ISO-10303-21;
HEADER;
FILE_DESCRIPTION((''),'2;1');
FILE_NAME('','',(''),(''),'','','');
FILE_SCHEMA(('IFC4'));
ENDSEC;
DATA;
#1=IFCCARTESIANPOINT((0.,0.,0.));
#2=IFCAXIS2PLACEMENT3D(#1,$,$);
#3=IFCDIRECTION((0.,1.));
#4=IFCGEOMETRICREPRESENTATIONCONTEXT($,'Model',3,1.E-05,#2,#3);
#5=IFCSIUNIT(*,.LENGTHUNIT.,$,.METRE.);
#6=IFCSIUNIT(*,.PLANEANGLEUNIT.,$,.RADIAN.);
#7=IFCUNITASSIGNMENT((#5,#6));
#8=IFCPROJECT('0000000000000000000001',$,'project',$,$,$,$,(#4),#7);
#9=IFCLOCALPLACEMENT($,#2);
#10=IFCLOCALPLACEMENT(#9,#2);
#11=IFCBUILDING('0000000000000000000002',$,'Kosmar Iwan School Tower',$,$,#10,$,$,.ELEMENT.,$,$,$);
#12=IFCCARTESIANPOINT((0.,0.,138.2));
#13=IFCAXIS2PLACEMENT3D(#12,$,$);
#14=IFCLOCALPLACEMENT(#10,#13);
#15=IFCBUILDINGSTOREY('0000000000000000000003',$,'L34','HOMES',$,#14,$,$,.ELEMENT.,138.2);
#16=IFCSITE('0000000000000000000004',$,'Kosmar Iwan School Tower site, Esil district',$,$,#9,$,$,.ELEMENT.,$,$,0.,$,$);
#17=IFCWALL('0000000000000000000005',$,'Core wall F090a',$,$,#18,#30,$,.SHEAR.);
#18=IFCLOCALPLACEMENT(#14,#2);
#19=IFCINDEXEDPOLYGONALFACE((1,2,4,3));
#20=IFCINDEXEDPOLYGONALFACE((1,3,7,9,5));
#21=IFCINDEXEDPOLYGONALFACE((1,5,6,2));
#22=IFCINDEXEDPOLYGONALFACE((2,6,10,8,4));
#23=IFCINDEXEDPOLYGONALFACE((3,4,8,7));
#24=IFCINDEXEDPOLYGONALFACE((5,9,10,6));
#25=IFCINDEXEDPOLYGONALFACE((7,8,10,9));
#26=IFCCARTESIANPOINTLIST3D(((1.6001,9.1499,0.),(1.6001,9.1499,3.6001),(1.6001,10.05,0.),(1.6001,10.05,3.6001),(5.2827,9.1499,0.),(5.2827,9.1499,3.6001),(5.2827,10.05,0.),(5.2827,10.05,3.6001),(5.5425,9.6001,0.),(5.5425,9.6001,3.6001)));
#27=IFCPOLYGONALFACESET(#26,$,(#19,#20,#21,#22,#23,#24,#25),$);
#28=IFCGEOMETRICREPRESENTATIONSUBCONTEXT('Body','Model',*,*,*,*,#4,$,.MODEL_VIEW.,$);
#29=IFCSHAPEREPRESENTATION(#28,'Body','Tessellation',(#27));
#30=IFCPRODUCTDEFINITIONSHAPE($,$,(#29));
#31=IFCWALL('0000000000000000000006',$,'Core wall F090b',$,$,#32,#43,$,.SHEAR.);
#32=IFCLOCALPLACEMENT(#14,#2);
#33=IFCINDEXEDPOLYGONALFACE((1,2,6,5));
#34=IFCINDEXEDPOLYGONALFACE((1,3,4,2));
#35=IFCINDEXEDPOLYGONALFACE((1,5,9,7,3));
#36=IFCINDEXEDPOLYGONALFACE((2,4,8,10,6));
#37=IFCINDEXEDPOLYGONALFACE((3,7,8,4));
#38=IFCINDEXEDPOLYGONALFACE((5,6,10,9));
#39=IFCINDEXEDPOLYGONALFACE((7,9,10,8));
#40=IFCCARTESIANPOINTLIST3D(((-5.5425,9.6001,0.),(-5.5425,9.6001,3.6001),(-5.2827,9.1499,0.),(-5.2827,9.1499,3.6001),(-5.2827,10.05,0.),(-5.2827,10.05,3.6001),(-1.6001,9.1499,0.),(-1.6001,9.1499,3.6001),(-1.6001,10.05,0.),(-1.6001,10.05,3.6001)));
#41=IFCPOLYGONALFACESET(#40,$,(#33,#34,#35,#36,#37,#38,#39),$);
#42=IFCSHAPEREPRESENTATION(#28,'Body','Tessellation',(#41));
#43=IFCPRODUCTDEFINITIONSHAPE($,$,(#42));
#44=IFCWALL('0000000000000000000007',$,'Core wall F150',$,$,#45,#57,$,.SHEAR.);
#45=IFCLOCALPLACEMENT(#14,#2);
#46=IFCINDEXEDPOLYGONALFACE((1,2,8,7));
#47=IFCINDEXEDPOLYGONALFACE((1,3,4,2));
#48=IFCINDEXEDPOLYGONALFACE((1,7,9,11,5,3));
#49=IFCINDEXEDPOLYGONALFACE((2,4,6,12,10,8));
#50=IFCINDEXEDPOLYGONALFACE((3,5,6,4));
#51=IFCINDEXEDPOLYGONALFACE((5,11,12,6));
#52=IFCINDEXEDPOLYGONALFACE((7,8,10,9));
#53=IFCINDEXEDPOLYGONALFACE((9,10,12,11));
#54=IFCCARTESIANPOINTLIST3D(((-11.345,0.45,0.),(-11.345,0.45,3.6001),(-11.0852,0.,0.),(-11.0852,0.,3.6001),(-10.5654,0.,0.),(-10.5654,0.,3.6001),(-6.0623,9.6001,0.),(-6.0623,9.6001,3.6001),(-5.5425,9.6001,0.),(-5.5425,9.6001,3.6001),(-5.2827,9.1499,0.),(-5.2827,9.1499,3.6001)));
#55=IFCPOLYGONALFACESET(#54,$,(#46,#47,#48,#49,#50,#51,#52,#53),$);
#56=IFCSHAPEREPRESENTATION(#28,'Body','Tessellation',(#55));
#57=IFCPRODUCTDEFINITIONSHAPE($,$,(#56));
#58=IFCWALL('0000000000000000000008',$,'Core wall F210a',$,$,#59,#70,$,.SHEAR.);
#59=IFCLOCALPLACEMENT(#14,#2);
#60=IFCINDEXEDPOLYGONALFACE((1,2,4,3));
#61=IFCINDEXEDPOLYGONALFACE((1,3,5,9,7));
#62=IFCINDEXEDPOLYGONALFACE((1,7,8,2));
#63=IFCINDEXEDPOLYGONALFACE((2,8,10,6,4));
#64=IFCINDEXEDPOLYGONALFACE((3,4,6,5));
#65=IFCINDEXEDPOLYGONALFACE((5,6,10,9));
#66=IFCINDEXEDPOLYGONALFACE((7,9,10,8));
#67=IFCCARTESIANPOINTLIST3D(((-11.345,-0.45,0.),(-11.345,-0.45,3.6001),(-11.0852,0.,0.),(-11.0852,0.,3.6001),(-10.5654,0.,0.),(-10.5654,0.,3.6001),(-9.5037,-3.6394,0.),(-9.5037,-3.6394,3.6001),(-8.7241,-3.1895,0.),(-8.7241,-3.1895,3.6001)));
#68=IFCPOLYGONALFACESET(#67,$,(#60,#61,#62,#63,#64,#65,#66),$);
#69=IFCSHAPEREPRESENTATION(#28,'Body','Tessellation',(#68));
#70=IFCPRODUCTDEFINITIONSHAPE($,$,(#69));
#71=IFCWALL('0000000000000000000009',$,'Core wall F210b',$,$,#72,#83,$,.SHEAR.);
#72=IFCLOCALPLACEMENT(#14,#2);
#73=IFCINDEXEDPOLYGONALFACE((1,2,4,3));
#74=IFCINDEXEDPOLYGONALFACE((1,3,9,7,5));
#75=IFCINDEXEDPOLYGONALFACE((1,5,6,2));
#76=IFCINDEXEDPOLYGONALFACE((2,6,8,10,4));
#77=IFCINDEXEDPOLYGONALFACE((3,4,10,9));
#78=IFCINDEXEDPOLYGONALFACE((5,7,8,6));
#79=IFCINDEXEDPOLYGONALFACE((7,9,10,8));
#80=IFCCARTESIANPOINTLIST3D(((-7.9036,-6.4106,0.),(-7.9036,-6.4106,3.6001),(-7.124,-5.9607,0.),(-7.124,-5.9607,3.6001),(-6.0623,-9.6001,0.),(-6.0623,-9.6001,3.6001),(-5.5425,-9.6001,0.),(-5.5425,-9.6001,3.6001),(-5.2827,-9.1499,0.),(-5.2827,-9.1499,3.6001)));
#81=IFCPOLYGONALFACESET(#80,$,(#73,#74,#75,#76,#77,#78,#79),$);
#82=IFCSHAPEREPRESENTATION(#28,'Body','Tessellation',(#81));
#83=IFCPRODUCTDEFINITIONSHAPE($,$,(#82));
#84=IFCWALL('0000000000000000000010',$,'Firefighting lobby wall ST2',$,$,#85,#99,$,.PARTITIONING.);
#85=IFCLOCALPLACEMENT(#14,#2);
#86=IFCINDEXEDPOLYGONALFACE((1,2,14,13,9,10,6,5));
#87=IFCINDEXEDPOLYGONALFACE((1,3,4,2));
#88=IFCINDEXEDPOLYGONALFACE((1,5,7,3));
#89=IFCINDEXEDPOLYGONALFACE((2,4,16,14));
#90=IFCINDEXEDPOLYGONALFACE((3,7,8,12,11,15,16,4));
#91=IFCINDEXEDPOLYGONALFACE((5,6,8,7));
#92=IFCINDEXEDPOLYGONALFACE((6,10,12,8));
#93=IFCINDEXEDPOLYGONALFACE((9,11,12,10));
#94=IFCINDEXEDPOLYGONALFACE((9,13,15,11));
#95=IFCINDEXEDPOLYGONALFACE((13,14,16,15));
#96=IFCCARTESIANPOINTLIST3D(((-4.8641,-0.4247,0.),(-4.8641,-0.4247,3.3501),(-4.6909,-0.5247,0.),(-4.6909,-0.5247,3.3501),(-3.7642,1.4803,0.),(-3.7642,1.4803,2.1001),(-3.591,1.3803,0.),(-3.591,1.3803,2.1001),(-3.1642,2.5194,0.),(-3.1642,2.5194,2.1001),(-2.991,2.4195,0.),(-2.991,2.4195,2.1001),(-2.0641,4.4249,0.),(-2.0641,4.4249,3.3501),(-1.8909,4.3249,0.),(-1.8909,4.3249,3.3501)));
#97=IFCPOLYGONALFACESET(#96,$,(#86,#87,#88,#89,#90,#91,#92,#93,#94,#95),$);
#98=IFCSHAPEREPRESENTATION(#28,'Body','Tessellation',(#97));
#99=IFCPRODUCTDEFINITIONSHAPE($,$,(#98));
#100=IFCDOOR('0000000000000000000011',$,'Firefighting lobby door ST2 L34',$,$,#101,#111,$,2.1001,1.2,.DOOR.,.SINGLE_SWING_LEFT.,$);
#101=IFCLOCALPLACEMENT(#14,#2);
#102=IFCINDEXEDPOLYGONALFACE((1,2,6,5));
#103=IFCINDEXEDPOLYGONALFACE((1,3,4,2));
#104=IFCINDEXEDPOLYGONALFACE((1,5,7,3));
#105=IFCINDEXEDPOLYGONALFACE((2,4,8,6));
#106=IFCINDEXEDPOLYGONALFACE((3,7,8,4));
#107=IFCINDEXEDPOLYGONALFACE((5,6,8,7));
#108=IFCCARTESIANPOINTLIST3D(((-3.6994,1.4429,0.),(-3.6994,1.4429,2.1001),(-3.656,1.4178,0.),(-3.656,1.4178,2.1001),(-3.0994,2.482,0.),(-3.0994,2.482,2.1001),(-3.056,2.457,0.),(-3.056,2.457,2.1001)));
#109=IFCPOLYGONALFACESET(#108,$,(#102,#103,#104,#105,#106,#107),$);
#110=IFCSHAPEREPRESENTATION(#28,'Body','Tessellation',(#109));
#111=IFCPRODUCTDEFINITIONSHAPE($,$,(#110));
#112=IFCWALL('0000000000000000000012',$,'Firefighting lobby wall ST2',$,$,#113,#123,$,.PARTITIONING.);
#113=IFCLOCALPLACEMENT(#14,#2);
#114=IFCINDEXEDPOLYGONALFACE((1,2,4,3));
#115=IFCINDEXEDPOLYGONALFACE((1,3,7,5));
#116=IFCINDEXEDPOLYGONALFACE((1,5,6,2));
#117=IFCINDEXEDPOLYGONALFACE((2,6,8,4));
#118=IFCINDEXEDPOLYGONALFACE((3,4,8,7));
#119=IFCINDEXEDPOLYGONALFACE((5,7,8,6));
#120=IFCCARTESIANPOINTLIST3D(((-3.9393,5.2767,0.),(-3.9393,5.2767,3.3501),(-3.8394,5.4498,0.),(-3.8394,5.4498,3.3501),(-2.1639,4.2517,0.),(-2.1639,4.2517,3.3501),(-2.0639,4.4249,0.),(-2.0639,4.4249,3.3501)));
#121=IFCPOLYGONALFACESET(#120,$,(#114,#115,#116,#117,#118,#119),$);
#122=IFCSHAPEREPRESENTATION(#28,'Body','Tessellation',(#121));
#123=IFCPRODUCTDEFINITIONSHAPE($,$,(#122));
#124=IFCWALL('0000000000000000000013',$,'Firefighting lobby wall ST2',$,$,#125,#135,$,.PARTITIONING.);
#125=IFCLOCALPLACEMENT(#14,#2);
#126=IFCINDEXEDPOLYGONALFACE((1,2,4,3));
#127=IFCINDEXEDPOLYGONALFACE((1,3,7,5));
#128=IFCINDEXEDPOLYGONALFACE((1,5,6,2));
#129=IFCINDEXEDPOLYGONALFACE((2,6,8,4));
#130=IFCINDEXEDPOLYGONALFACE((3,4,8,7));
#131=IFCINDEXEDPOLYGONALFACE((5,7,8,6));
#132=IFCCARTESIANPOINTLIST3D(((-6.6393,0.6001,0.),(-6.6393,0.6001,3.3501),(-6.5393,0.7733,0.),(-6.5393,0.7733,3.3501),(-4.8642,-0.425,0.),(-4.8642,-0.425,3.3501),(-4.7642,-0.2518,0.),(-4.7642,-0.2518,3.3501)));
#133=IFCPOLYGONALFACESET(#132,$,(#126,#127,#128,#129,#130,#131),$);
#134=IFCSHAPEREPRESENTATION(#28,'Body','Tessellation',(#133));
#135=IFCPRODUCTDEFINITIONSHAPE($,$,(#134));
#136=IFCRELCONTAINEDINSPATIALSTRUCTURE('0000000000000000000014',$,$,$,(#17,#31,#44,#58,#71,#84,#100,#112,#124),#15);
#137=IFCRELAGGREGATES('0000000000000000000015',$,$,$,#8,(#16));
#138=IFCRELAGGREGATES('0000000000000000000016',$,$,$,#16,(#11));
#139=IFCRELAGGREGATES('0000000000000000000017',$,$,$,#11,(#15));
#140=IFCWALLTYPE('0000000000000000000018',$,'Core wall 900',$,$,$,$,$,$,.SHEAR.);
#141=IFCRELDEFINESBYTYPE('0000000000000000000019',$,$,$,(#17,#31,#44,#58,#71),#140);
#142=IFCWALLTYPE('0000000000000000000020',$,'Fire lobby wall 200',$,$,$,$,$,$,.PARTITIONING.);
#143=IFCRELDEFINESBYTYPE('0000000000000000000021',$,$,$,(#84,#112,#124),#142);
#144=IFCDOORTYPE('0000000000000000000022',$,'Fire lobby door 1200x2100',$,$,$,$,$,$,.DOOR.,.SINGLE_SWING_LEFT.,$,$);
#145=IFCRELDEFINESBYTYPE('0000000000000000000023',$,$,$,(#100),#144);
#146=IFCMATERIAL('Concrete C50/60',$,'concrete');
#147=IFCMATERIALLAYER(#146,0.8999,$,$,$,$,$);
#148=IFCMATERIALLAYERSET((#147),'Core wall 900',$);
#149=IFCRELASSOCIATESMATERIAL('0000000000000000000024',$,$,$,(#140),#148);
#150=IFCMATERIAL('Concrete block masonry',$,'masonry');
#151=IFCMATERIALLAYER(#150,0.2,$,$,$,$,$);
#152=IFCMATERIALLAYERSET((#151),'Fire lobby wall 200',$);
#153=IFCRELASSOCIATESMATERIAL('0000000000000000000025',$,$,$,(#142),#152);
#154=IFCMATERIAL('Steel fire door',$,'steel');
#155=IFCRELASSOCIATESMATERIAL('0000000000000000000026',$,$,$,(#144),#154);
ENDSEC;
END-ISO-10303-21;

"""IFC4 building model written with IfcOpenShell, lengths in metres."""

from ifc_helpers import new_model, si_unit, direction, frame, frame_2d, origin, place, context, subcontext, project, spatial, polyline, rectangle, outline, extrude, material, layer, layer_set, type_object, element, fill, save


model = new_model("IFC4")

# Units and contexts
model_context = context("Model", 3, precision=1e-05, world=origin(), true_north=direction((0.0, 1.0)))
body_context = subcontext(model_context, "Body", "Model", "MODEL_VIEW")
ifc_project = project(units=[si_unit("LENGTHUNIT", "METRE"), si_unit("PLANEANGLEUNIT", "RADIAN")], contexts=[model_context])

# Site, building, storey
site_placement = place(None, origin())
site = spatial("IfcSite", under=ifc_project, at=site_placement, Name="Kosmar Iwan School Tower site, Esil district", CompositionType="ELEMENT", RefElevation=0.0)
building_placement = place(site_placement, origin())
building = spatial("IfcBuilding", under=site, at=building_placement, Name="Kosmar Iwan School Tower", CompositionType="ELEMENT")
storey_placement = place(building_placement, frame((0.0, 0.0, 138.2)))
storey = spatial("IfcBuildingStorey", under=building, at=storey_placement, Name="L34", Description="HOMES", CompositionType="ELEMENT", Elevation=138.2)

# Walls
ifc_material_1 = material(Name="Concrete C50/60", Category="concrete")
ifc_layer_1 = layer(ifc_material_1, 0.8999)
ifc_layer_set_1 = layer_set([ifc_layer_1], Name="Core wall 900")
wall_type_1 = type_object("IfcWallType", Name="Core wall 900", PredefinedType="SHEAR", material=ifc_layer_set_1)
wall_1_placement = place(storey_placement, origin())
element("IfcWall", 1, at=wall_1_placement, inside=storey, type_object=wall_type_1, Name="Core wall F090a", PredefinedType="SHEAR", context=body_context, shape_type="SweptSolid", body=[
    extrude(outline(polyline([(1.6001, 9.1499), (5.2827, 9.1499), (5.5425, 9.6001), (5.2827, 10.05), (1.6001, 10.05), (1.6001, 9.1499)])), origin(), (0.0, 0.0, 1.0), 3.6001),
])
wall_2_placement = place(storey_placement, origin())
element("IfcWall", 2, at=wall_2_placement, inside=storey, type_object=wall_type_1, Name="Core wall F090b", PredefinedType="SHEAR", context=body_context, shape_type="SweptSolid", body=[
    extrude(outline(polyline([(-5.2827, 9.1499), (-1.6001, 9.1499), (-1.6001, 10.05), (-5.2827, 10.05), (-5.5425, 9.6001), (-5.2827, 9.1499)])), origin(), (0.0, 0.0, 1.0), 3.6001),
])
wall_3_placement = place(storey_placement, origin())
element("IfcWall", 3, at=wall_3_placement, inside=storey, type_object=wall_type_1, Name="Core wall F150", PredefinedType="SHEAR", context=body_context, shape_type="SweptSolid", body=[
    extrude(outline(polyline([(-11.0852, 0.0), (-10.5654, 0.0), (-5.2827, 9.1499), (-5.5425, 9.6001), (-6.0623, 9.6001), (-11.345, 0.45), (-11.0852, 0.0)])), origin(), (0.0, 0.0, 1.0), 3.6001),
])
wall_4_placement = place(storey_placement, origin())
element("IfcWall", 4, at=wall_4_placement, inside=storey, type_object=wall_type_1, Name="Core wall F210a", PredefinedType="SHEAR", context=body_context, shape_type="SweptSolid", body=[
    extrude(outline(polyline([(-9.5037, -3.6394), (-8.7241, -3.1895), (-10.5654, 0.0), (-11.0852, 0.0), (-11.345, -0.45), (-9.5037, -3.6394)])), origin(), (0.0, 0.0, 1.0), 3.6001),
])
wall_5_placement = place(storey_placement, origin())
element("IfcWall", 5, at=wall_5_placement, inside=storey, type_object=wall_type_1, Name="Core wall F210b", PredefinedType="SHEAR", context=body_context, shape_type="SweptSolid", body=[
    extrude(outline(polyline([(-6.0623, -9.6001), (-5.5425, -9.6001), (-5.2827, -9.1499), (-7.124, -5.9607), (-7.9036, -6.4106), (-6.0623, -9.6001)])), origin(), (0.0, 0.0, 1.0), 3.6001),
])

# Wall, opening, door
ifc_material_2 = material(Name="Concrete block masonry", Category="masonry")
ifc_layer_2 = layer(ifc_material_2, 0.2)
ifc_layer_set_2 = layer_set([ifc_layer_2], Name="Fire lobby wall 200")
wall_type_2 = type_object("IfcWallType", Name="Fire lobby wall 200", PredefinedType="PARTITIONING", material=ifc_layer_set_2)
wall_6_placement = place(storey_placement, frame((-1.9775, 4.3748, 0.0), z_axis=(0.0, 0.0, 1.0), x_axis=(-0.500017, -0.866016, 0.0)))
wall_6 = element("IfcWall", 6, at=wall_6_placement, inside=storey, type_object=wall_type_2, Name="Firefighting lobby wall ST2", PredefinedType="PARTITIONING", context=body_context, shape_type="SweptSolid", body=[
    extrude(rectangle(XDim=5.5999, YDim=0.2, at=frame_2d((2.7998, 0.0))), origin(), (0.0, 0.0, 1.0), 3.3501),
])
opening_1_placement = place(wall_6_placement, frame((2.2, 0.0, 0.0)))
opening_1 = element("IfcOpeningElement", 7, at=opening_1_placement, cuts=wall_6, PredefinedType="OPENING", context=body_context, shape_type="SweptSolid", body=[
    extrude(rectangle(XDim=1.2, YDim=2.1001, at=frame_2d((0.6001, 1.05))), frame((0.0, 0.1121, 0.0), z_axis=(0.0, -1.0, 0.0), x_axis=(1.0, 0.0, 0.0)), (0.0, 0.0, 1.0), 0.2239),
])
ifc_material_3 = material(Name="Steel fire door", Category="steel")
door_type_1 = type_object("IfcDoorType", Name="Fire lobby door 1200x2100", OperationType="SINGLE_SWING_LEFT", PredefinedType="DOOR", material=ifc_material_3)
door_1_placement = place(opening_1_placement, origin())
door_1 = element("IfcDoor", 8, at=door_1_placement, inside=storey, type_object=door_type_1, Name="Firefighting lobby door ST2 L34", OperationType="SINGLE_SWING_LEFT", OverallHeight=2.1001, OverallWidth=1.2, PredefinedType="DOOR", context=body_context, shape_type="SweptSolid", body=[
    extrude(rectangle(XDim=1.2, YDim=2.1001, at=frame_2d((0.6001, 1.05))), frame((0.0, 0.0249, 0.0), z_axis=(0.0, -1.0, 0.0), x_axis=(1.0, 0.0, 0.0)), (0.0, 0.0, 1.0), 0.05),
])
fill(opening_1, door_1)

# Walls
wall_7_placement = place(storey_placement, frame((-2.114, 4.3384, 0.0), z_axis=(0.0, 0.0, 1.0), x_axis=(-0.866051, 0.499956, 0.0)))
element("IfcWall", 9, at=wall_7_placement, inside=storey, type_object=wall_type_2, Name="Firefighting lobby wall ST2", PredefinedType="PARTITIONING", context=body_context, shape_type="SweptSolid", body=[
    extrude(rectangle(XDim=2.05, YDim=0.2, at=frame_2d((1.0249, 0.0))), origin(), (0.0, 0.0, 1.0), 3.3501),
])
wall_8_placement = place(storey_placement, frame((-4.8142, -0.3384, 0.0), z_axis=(0.0, 0.0, 1.0), x_axis=(-0.865969, 0.500097, 0.0)))
element("IfcWall", 10, at=wall_8_placement, inside=storey, type_object=wall_type_2, Name="Firefighting lobby wall ST2", PredefinedType="PARTITIONING", context=body_context, shape_type="SweptSolid", body=[
    extrude(rectangle(XDim=2.0498, YDim=0.2, at=frame_2d((1.0249, 0.0))), origin(), (0.0, 0.0, 1.0), 3.3501),
])

save(model, "model.ifc")
